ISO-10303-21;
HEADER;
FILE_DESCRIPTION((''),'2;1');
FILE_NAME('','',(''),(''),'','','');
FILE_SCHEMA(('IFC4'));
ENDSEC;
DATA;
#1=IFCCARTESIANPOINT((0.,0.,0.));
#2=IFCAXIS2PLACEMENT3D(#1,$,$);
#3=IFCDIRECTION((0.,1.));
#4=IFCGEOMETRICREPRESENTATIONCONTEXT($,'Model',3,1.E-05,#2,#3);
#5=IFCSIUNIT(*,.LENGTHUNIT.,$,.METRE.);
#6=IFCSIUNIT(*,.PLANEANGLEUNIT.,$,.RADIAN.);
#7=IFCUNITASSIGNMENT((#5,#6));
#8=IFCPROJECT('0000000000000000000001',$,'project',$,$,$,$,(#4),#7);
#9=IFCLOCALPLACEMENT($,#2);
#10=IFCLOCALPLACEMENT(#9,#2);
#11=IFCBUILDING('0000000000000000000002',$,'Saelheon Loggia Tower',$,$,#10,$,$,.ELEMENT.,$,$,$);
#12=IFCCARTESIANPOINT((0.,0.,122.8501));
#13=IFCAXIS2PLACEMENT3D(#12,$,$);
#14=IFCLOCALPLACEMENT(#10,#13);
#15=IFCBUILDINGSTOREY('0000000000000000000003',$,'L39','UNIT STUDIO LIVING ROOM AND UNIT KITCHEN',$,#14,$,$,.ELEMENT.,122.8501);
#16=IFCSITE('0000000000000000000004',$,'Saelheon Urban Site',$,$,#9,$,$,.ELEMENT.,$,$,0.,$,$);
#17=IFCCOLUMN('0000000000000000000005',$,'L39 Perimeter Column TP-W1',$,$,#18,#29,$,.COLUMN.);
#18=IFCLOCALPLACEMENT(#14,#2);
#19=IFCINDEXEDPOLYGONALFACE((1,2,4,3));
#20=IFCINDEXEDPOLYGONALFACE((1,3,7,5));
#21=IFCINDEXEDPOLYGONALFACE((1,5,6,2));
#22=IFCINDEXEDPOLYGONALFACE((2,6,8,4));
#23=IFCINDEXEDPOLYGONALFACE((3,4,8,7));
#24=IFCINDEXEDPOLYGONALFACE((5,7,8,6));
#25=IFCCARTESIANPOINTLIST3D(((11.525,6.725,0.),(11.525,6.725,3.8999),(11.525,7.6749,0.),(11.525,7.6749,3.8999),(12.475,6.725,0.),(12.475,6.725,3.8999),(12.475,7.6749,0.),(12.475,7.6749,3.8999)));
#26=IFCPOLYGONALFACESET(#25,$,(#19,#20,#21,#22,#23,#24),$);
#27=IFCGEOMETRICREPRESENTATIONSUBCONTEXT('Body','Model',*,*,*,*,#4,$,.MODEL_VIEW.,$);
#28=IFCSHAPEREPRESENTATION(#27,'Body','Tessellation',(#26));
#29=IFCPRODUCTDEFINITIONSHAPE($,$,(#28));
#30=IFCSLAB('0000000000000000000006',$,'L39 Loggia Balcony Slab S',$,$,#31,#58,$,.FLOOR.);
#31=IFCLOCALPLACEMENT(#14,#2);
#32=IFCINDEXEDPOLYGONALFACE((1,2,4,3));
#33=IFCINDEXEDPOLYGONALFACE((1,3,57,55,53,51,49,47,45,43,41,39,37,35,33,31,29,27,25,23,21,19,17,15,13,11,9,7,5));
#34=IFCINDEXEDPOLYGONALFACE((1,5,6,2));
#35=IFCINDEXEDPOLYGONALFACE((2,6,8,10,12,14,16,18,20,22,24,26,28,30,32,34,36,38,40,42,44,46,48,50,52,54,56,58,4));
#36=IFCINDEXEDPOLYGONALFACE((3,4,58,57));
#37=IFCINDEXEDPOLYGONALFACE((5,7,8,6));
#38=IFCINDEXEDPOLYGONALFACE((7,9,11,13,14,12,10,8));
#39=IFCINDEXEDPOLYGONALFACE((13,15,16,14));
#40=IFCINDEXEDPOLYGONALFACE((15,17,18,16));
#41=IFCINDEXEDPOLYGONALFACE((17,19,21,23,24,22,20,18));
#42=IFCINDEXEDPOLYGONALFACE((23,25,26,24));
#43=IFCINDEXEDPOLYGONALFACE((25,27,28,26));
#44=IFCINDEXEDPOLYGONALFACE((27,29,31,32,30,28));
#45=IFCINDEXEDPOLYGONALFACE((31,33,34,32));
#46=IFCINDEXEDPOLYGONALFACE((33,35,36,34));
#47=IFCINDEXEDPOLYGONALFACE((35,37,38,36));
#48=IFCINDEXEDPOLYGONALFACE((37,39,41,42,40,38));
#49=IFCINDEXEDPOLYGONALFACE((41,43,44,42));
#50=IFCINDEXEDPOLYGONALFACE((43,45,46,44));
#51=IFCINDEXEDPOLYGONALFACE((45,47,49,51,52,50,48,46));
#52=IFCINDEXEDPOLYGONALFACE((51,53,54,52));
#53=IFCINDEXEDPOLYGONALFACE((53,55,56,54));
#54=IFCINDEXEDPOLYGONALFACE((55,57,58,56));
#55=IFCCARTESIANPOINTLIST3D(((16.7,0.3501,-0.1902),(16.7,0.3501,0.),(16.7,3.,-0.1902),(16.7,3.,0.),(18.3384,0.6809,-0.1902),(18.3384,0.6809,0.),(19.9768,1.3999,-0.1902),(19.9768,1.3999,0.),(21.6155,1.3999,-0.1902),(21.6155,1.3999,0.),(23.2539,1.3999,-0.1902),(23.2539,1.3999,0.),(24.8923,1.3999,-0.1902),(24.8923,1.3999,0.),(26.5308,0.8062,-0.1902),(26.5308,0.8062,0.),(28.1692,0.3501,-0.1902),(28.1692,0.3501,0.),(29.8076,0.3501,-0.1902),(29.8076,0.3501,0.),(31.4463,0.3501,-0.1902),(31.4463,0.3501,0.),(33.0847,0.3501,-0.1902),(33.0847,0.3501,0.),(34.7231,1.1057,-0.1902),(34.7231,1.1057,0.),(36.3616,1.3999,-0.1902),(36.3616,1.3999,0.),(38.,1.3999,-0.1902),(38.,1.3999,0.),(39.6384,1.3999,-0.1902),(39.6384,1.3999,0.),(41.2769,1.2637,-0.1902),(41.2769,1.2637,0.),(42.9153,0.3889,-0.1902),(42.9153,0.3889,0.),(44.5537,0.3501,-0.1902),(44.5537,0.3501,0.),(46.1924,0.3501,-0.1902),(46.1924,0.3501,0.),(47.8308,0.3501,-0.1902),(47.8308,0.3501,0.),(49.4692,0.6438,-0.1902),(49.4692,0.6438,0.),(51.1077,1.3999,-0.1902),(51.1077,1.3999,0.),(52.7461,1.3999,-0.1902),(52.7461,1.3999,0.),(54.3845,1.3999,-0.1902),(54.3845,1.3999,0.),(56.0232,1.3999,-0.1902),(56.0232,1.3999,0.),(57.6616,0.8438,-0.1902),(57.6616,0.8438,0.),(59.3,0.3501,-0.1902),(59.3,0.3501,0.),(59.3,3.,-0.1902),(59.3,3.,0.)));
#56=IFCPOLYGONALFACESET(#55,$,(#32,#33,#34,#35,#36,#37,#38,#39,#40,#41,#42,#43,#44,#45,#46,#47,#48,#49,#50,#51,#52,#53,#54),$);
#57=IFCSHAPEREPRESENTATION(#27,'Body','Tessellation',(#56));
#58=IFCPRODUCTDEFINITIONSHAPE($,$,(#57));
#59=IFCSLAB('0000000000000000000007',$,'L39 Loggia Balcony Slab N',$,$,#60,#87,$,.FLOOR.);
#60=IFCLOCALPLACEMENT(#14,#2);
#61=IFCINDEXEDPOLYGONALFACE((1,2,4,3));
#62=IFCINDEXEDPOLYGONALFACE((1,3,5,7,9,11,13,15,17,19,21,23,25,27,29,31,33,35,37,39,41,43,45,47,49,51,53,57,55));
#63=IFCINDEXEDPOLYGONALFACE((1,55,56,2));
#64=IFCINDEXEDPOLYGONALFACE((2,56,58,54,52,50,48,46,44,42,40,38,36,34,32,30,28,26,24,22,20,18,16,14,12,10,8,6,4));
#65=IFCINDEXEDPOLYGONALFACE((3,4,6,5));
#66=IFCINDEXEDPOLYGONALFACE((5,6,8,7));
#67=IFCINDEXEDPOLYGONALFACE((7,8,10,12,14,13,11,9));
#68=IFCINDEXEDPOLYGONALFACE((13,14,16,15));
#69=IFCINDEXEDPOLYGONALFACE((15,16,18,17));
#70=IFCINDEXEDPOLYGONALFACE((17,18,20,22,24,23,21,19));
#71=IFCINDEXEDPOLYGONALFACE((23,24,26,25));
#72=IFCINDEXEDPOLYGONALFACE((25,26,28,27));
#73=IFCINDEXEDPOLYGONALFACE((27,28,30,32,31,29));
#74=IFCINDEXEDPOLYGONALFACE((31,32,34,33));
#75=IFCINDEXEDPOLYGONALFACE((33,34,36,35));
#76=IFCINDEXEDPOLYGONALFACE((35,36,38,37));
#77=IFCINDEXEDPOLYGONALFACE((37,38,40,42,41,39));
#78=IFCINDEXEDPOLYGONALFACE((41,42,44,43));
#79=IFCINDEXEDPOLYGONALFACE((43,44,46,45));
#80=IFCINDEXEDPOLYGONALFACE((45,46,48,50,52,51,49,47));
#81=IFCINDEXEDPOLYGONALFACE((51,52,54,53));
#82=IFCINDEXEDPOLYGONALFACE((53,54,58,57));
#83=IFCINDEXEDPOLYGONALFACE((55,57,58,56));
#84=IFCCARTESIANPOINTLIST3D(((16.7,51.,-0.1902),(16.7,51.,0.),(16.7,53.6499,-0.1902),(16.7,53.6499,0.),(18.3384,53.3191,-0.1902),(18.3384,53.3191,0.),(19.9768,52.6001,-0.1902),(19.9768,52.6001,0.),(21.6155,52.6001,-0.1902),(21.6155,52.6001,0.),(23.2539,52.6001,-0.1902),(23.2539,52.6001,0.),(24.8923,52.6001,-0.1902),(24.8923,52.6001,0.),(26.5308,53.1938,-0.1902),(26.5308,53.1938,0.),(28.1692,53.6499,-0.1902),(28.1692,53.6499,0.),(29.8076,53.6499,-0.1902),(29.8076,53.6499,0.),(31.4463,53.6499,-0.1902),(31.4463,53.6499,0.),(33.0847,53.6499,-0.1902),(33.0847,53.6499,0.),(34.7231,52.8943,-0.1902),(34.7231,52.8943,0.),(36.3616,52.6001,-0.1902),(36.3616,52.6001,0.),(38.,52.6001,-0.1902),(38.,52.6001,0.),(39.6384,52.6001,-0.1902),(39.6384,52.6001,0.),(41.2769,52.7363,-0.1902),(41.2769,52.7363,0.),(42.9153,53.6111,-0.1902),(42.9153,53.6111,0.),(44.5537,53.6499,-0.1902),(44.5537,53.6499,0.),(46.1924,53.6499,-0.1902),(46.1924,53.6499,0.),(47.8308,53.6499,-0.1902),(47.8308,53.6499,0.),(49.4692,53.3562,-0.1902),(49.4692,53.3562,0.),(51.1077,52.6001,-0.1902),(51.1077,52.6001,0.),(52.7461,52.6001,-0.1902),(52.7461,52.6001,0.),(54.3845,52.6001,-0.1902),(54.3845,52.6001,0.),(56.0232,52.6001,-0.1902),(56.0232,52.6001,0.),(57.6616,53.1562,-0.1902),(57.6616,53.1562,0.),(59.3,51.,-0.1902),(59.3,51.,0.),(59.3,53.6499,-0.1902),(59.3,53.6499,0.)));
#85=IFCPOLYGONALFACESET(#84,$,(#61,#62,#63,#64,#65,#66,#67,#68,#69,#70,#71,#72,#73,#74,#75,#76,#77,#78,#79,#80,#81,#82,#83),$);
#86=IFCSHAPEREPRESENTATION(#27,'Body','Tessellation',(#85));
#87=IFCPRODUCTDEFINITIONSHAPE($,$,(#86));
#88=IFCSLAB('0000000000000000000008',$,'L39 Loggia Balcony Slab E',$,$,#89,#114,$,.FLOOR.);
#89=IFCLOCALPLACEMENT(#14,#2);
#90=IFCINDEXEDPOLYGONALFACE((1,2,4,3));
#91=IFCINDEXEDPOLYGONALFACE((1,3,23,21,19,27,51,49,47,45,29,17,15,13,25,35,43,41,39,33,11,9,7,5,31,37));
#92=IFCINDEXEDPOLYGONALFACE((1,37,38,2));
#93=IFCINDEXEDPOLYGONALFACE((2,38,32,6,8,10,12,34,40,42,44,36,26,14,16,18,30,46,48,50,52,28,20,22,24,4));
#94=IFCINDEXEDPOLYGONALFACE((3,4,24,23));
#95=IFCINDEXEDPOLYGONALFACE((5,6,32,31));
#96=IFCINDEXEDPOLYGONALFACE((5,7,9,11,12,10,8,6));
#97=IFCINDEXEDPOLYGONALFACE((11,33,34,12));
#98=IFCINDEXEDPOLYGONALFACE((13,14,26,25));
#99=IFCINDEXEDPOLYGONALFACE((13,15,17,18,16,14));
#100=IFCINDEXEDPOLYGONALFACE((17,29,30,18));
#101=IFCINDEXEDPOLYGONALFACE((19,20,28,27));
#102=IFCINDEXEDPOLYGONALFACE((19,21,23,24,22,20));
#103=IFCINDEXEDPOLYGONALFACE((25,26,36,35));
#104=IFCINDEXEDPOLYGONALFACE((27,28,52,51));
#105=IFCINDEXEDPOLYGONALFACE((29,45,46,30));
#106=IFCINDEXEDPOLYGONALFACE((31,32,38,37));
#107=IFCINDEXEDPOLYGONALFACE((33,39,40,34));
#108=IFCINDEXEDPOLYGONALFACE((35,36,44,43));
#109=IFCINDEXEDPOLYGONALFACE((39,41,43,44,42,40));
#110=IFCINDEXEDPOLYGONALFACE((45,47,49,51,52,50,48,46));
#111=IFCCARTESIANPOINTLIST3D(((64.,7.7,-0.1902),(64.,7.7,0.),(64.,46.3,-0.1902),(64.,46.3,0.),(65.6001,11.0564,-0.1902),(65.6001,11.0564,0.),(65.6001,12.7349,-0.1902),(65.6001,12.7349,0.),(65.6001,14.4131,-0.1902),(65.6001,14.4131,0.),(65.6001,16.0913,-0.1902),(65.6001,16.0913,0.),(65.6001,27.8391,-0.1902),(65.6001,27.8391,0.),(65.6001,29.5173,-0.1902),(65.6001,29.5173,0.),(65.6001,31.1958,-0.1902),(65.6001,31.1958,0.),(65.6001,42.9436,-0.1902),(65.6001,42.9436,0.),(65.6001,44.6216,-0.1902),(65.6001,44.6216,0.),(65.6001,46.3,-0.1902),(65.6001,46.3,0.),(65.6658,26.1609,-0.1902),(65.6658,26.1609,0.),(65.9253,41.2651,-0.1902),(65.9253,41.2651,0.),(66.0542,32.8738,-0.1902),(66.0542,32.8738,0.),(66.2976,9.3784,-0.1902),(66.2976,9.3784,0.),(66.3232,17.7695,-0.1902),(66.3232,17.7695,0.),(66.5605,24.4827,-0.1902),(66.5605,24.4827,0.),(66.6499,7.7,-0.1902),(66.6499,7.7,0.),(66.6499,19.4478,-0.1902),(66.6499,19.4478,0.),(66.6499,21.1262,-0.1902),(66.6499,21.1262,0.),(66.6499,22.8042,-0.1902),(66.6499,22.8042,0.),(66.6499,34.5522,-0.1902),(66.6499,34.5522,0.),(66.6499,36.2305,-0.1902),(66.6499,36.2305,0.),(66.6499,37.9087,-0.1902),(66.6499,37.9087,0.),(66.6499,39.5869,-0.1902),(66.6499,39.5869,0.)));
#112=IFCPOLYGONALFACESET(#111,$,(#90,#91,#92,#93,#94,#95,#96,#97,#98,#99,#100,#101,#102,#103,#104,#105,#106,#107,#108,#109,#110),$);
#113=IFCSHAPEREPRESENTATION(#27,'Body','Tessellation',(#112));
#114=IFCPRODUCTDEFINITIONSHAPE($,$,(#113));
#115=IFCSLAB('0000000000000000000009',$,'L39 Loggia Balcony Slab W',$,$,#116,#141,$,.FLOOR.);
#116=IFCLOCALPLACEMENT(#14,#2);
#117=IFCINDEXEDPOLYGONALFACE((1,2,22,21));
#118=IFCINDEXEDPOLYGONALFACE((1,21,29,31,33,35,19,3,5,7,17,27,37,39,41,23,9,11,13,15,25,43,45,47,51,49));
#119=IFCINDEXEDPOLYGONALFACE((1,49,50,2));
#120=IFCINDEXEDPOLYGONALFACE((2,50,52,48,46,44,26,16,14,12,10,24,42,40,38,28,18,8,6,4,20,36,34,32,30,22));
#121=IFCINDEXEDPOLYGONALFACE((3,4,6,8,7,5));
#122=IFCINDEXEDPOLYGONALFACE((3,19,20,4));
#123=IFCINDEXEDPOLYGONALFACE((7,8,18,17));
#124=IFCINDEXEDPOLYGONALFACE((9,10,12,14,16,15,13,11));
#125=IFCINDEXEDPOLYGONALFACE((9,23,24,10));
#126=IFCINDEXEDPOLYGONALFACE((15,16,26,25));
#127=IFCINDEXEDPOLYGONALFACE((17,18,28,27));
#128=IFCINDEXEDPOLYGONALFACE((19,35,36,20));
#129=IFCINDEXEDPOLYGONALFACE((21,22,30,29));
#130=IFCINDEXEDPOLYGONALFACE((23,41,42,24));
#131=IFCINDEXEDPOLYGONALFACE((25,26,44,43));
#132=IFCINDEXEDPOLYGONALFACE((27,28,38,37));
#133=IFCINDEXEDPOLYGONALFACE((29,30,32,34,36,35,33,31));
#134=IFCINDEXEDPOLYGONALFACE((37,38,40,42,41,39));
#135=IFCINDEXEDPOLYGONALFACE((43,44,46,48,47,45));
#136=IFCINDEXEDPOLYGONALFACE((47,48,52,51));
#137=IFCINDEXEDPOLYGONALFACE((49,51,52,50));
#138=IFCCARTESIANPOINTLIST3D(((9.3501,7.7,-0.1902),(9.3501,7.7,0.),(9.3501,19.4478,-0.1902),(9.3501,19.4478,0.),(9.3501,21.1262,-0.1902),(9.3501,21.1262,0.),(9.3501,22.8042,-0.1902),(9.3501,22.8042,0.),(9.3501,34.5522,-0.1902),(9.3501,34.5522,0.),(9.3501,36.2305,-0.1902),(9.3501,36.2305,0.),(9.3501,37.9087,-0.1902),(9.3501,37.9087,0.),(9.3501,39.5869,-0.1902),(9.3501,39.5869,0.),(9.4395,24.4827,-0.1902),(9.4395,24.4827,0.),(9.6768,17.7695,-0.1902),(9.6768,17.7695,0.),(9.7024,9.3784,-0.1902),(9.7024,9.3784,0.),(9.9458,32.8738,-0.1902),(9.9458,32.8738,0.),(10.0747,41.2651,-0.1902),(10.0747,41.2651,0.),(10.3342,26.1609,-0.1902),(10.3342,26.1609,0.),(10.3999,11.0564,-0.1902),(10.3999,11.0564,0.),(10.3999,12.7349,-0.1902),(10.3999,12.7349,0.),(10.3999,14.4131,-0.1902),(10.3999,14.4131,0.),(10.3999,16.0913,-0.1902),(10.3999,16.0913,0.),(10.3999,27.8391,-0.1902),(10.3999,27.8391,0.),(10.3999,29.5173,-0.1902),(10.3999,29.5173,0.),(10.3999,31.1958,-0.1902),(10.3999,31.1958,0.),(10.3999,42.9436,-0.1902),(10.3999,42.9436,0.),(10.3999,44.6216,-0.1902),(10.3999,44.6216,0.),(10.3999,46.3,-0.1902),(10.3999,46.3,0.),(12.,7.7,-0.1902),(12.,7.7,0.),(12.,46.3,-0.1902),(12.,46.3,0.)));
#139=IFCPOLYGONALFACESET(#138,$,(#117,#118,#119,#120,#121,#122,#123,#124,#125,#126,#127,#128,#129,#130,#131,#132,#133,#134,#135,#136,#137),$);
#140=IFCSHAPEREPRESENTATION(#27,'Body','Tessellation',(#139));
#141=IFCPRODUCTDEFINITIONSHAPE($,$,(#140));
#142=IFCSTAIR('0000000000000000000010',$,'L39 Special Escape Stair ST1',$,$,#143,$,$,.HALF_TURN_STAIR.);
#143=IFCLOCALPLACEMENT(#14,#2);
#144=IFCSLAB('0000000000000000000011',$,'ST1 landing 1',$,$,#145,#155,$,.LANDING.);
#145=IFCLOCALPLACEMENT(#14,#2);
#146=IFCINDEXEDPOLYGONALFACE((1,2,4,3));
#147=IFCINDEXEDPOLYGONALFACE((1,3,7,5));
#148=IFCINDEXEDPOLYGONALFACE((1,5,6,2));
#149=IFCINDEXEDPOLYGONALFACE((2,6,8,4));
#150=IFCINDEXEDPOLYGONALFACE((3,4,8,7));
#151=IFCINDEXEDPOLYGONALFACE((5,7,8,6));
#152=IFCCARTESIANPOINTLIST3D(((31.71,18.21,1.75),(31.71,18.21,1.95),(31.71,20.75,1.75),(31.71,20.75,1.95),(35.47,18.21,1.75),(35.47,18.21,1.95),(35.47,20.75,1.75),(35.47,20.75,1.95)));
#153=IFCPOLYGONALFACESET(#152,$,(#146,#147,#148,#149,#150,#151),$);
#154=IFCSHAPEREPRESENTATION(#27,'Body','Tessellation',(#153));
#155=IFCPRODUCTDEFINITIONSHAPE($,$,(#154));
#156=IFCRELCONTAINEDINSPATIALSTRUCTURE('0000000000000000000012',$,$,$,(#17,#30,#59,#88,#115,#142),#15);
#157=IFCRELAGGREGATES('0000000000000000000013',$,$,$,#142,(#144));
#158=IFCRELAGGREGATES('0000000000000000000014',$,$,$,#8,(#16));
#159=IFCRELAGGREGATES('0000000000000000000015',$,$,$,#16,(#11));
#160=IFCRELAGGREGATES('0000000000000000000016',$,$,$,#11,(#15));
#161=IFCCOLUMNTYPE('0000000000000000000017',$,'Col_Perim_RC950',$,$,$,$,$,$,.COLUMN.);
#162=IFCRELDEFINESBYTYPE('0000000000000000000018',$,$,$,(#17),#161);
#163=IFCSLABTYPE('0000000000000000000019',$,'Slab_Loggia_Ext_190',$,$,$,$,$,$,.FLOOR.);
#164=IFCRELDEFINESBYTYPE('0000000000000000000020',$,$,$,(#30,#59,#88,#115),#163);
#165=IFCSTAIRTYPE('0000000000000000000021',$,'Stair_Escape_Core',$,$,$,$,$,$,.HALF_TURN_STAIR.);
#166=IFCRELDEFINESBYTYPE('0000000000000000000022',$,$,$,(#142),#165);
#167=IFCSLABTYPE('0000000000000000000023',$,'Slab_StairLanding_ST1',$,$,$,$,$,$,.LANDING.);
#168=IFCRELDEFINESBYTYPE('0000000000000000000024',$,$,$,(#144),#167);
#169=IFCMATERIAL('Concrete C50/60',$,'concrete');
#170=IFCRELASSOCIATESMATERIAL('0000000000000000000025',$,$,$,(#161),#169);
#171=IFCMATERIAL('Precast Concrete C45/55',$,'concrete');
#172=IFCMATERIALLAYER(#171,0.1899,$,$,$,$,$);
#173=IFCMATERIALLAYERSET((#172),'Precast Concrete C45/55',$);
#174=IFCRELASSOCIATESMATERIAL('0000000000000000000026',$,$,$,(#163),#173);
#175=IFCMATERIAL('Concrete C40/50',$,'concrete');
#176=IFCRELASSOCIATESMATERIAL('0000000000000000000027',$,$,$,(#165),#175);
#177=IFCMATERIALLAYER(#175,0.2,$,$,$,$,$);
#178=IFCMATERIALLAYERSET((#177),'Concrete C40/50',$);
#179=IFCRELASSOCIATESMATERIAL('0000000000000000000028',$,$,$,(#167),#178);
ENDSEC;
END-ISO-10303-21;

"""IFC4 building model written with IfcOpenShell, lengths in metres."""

from ifc_helpers import new_model, si_unit, direction, frame, origin, origin_2d, place, context, subcontext, project, spatial, polyline, rectangle, outline, extrude, source, transform, mapped, material, layer, layer_set, material_profile, profile_set, type_object, element, aggregate, save


model = new_model("IFC4")

# Units and contexts
model_context = context("Model", 3, precision=1e-05, world=origin(), true_north=direction((0.0, 1.0)))
body_context = subcontext(model_context, "Body", "Model", "MODEL_VIEW")
ifc_project = project(units=[si_unit("LENGTHUNIT", "METRE"), si_unit("PLANEANGLEUNIT", "RADIAN")], contexts=[model_context])

# Site, building, storey
site_placement = place(None, origin())
site = spatial("IfcSite", under=ifc_project, at=site_placement, Name="Saelheon Urban Site", CompositionType="ELEMENT", RefElevation=0.0)
building_placement = place(site_placement, origin())
building = spatial("IfcBuilding", under=site, at=building_placement, Name="Saelheon Loggia Tower", CompositionType="ELEMENT")
storey_placement = place(building_placement, frame((0.0, 0.0, 122.8501)))
storey = spatial("IfcBuildingStorey", under=building, at=storey_placement, Name="L39", Description="UNIT STUDIO LIVING ROOM AND UNIT KITCHEN", CompositionType="ELEMENT", Elevation=122.8501)

# Column
ifc_material_1 = material(Name="Concrete C50/60", Category="concrete")
ifc_material_profile = material_profile(ifc_material_1, rectangle(XDim=0.95, YDim=0.95, at=origin_2d()), Name="RC-950x950")
ifc_profile_set = profile_set([ifc_material_profile], Name="Concrete C50/60")
column_type = type_object("IfcColumnType", Name="Col_Perim_RC950", PredefinedType="COLUMN", material=ifc_profile_set)
shared_shape = source(origin(), body_context, "Body", "SweptSolid", [
    extrude(rectangle(XDim=0.95, YDim=0.95, at=origin_2d()), origin(), (0.0, 0.0, 1.0), 3.8999),
])
column_placement = place(storey_placement, frame((12.0, 7.2, 0.0), z_axis=(0.0, 0.0, 1.0), x_axis=(1.0, 0.0, 0.0)))
element("IfcColumn", 1, at=column_placement, inside=storey, type_object=column_type, Name="L39 Perimeter Column TP-W1", PredefinedType="COLUMN", context=body_context, shape_type="MappedRepresentation", body=[
    mapped(shared_shape, transform((0.0, 0.0, 0.0), scale=1.0)),
])

# Slabs
ifc_material_2 = material(Name="Precast Concrete C45/55", Category="concrete")
ifc_layer_1 = layer(ifc_material_2, 0.1899)
ifc_layer_set_1 = layer_set([ifc_layer_1], Name="Precast Concrete C45/55")
slab_type_1 = type_object("IfcSlabType", Name="Slab_Loggia_Ext_190", PredefinedType="FLOOR", material=ifc_layer_set_1)
slab_1_placement = place(storey_placement, frame((0.0, 0.0, -0.1902)))
element("IfcSlab", 2, at=slab_1_placement, inside=storey, type_object=slab_type_1, Name="L39 Loggia Balcony Slab S", PredefinedType="FLOOR", context=body_context, shape_type="SweptSolid", body=[
    extrude(outline(polyline([(16.7, 0.3501), (18.3384, 0.6809), (19.9768, 1.3999), (21.6155, 1.3999), (23.2539, 1.3999), (24.8923, 1.3999), (26.5308, 0.8062), (28.1692, 0.3501), (29.8076, 0.3501), (31.4463, 0.3501), (33.0847, 0.3501), (34.7231, 1.1057), (36.3616, 1.3999), (38.0, 1.3999), (39.6384, 1.3999), (41.2769, 1.2637), (42.9153, 0.3889), (44.5537, 0.3501), (46.1924, 0.3501), (47.8308, 0.3501), (49.4692, 0.6438), (51.1077, 1.3999), (52.7461, 1.3999), (54.3845, 1.3999), (56.0232, 1.3999), (57.6616, 0.8438), (59.3, 0.3501), (59.3, 3.0), (16.7, 3.0), (16.7, 0.3501)])), origin(), (0.0, 0.0, 1.0), 0.1902),
])
slab_2_placement = place(storey_placement, frame((0.0, 0.0, -0.1902)))
element("IfcSlab", 3, at=slab_2_placement, inside=storey, type_object=slab_type_1, Name="L39 Loggia Balcony Slab N", PredefinedType="FLOOR", context=body_context, shape_type="SweptSolid", body=[
    extrude(outline(polyline([(16.7, 51.0), (59.3, 51.0), (59.3, 53.6499), (57.6616, 53.1562), (56.0232, 52.6001), (54.3845, 52.6001), (52.7461, 52.6001), (51.1077, 52.6001), (49.4692, 53.3562), (47.8308, 53.6499), (46.1924, 53.6499), (44.5537, 53.6499), (42.9153, 53.6111), (41.2769, 52.7363), (39.6384, 52.6001), (38.0, 52.6001), (36.3616, 52.6001), (34.7231, 52.8943), (33.0847, 53.6499), (31.4463, 53.6499), (29.8076, 53.6499), (28.1692, 53.6499), (26.5308, 53.1938), (24.8923, 52.6001), (23.2539, 52.6001), (21.6155, 52.6001), (19.9768, 52.6001), (18.3384, 53.3191), (16.7, 53.6499), (16.7, 51.0)])), origin(), (0.0, 0.0, 1.0), 0.1902),
])
slab_3_placement = place(storey_placement, frame((0.0, 0.0, -0.1902)))
element("IfcSlab", 4, at=slab_3_placement, inside=storey, type_object=slab_type_1, Name="L39 Loggia Balcony Slab E", PredefinedType="FLOOR", context=body_context, shape_type="SweptSolid", body=[
    extrude(outline(polyline([(64.0, 7.7), (66.6499, 7.7), (66.2976, 9.3784), (65.6001, 11.0564), (65.6001, 12.7349), (65.6001, 14.4131), (65.6001, 16.0913), (66.3232, 17.7695), (66.6499, 19.4478), (66.6499, 21.1262), (66.6499, 22.8042), (66.5605, 24.4827), (65.6658, 26.1609), (65.6001, 27.8391), (65.6001, 29.5173), (65.6001, 31.1958), (66.0542, 32.8738), (66.6499, 34.5522), (66.6499, 36.2305), (66.6499, 37.9087), (66.6499, 39.5869), (65.9253, 41.2651), (65.6001, 42.9436), (65.6001, 44.6216), (65.6001, 46.3), (64.0, 46.3), (64.0, 7.7)])), origin(), (0.0, 0.0, 1.0), 0.1902),
])
slab_4_placement = place(storey_placement, frame((0.0, 0.0, -0.1902)))
element("IfcSlab", 5, at=slab_4_placement, inside=storey, type_object=slab_type_1, Name="L39 Loggia Balcony Slab W", PredefinedType="FLOOR", context=body_context, shape_type="SweptSolid", body=[
    extrude(outline(polyline([(12.0, 7.7), (12.0, 46.3), (10.3999, 46.3), (10.3999, 44.6216), (10.3999, 42.9436), (10.0747, 41.2651), (9.3501, 39.5869), (9.3501, 37.9087), (9.3501, 36.2305), (9.3501, 34.5522), (9.9458, 32.8738), (10.3999, 31.1958), (10.3999, 29.5173), (10.3999, 27.8391), (10.3342, 26.1609), (9.4395, 24.4827), (9.3501, 22.8042), (9.3501, 21.1262), (9.3501, 19.4478), (9.6768, 17.7695), (10.3999, 16.0913), (10.3999, 14.4131), (10.3999, 12.7349), (10.3999, 11.0564), (9.7024, 9.3784), (9.3501, 7.7), (12.0, 7.7)])), origin(), (0.0, 0.0, 1.0), 0.1902),
])

# Stair, slab
ifc_material_3 = material(Name="Concrete C40/50", Category="concrete")
stair_type = type_object("IfcStairType", Name="Stair_Escape_Core", PredefinedType="HALF_TURN_STAIR", material=ifc_material_3)
stair_1_placement = place(storey_placement, origin())
stair_1 = element("IfcStair", 6, at=stair_1_placement, inside=storey, type_object=stair_type, Name="L39 Special Escape Stair ST1", PredefinedType="HALF_TURN_STAIR")
ifc_layer_2 = layer(ifc_material_3, 0.2)
ifc_layer_set_2 = layer_set([ifc_layer_2], Name="Concrete C40/50")
slab_type_2 = type_object("IfcSlabType", Name="Slab_StairLanding_ST1", PredefinedType="LANDING", material=ifc_layer_set_2)
slab_5_placement = place(storey_placement, frame((0.0, 0.0, 1.75)))
slab_5 = element("IfcSlab", 7, at=slab_5_placement, type_object=slab_type_2, Name="ST1 landing 1", PredefinedType="LANDING", context=body_context, shape_type="SweptSolid", body=[
    extrude(outline(polyline([(31.71, 20.75), (31.71, 18.21), (35.47, 18.21), (35.47, 20.75), (31.71, 20.75)])), origin(), (0.0, 0.0, 1.0), 0.2),
])
aggregate(stair_1, [slab_5])

save(model, "model.ifc")
